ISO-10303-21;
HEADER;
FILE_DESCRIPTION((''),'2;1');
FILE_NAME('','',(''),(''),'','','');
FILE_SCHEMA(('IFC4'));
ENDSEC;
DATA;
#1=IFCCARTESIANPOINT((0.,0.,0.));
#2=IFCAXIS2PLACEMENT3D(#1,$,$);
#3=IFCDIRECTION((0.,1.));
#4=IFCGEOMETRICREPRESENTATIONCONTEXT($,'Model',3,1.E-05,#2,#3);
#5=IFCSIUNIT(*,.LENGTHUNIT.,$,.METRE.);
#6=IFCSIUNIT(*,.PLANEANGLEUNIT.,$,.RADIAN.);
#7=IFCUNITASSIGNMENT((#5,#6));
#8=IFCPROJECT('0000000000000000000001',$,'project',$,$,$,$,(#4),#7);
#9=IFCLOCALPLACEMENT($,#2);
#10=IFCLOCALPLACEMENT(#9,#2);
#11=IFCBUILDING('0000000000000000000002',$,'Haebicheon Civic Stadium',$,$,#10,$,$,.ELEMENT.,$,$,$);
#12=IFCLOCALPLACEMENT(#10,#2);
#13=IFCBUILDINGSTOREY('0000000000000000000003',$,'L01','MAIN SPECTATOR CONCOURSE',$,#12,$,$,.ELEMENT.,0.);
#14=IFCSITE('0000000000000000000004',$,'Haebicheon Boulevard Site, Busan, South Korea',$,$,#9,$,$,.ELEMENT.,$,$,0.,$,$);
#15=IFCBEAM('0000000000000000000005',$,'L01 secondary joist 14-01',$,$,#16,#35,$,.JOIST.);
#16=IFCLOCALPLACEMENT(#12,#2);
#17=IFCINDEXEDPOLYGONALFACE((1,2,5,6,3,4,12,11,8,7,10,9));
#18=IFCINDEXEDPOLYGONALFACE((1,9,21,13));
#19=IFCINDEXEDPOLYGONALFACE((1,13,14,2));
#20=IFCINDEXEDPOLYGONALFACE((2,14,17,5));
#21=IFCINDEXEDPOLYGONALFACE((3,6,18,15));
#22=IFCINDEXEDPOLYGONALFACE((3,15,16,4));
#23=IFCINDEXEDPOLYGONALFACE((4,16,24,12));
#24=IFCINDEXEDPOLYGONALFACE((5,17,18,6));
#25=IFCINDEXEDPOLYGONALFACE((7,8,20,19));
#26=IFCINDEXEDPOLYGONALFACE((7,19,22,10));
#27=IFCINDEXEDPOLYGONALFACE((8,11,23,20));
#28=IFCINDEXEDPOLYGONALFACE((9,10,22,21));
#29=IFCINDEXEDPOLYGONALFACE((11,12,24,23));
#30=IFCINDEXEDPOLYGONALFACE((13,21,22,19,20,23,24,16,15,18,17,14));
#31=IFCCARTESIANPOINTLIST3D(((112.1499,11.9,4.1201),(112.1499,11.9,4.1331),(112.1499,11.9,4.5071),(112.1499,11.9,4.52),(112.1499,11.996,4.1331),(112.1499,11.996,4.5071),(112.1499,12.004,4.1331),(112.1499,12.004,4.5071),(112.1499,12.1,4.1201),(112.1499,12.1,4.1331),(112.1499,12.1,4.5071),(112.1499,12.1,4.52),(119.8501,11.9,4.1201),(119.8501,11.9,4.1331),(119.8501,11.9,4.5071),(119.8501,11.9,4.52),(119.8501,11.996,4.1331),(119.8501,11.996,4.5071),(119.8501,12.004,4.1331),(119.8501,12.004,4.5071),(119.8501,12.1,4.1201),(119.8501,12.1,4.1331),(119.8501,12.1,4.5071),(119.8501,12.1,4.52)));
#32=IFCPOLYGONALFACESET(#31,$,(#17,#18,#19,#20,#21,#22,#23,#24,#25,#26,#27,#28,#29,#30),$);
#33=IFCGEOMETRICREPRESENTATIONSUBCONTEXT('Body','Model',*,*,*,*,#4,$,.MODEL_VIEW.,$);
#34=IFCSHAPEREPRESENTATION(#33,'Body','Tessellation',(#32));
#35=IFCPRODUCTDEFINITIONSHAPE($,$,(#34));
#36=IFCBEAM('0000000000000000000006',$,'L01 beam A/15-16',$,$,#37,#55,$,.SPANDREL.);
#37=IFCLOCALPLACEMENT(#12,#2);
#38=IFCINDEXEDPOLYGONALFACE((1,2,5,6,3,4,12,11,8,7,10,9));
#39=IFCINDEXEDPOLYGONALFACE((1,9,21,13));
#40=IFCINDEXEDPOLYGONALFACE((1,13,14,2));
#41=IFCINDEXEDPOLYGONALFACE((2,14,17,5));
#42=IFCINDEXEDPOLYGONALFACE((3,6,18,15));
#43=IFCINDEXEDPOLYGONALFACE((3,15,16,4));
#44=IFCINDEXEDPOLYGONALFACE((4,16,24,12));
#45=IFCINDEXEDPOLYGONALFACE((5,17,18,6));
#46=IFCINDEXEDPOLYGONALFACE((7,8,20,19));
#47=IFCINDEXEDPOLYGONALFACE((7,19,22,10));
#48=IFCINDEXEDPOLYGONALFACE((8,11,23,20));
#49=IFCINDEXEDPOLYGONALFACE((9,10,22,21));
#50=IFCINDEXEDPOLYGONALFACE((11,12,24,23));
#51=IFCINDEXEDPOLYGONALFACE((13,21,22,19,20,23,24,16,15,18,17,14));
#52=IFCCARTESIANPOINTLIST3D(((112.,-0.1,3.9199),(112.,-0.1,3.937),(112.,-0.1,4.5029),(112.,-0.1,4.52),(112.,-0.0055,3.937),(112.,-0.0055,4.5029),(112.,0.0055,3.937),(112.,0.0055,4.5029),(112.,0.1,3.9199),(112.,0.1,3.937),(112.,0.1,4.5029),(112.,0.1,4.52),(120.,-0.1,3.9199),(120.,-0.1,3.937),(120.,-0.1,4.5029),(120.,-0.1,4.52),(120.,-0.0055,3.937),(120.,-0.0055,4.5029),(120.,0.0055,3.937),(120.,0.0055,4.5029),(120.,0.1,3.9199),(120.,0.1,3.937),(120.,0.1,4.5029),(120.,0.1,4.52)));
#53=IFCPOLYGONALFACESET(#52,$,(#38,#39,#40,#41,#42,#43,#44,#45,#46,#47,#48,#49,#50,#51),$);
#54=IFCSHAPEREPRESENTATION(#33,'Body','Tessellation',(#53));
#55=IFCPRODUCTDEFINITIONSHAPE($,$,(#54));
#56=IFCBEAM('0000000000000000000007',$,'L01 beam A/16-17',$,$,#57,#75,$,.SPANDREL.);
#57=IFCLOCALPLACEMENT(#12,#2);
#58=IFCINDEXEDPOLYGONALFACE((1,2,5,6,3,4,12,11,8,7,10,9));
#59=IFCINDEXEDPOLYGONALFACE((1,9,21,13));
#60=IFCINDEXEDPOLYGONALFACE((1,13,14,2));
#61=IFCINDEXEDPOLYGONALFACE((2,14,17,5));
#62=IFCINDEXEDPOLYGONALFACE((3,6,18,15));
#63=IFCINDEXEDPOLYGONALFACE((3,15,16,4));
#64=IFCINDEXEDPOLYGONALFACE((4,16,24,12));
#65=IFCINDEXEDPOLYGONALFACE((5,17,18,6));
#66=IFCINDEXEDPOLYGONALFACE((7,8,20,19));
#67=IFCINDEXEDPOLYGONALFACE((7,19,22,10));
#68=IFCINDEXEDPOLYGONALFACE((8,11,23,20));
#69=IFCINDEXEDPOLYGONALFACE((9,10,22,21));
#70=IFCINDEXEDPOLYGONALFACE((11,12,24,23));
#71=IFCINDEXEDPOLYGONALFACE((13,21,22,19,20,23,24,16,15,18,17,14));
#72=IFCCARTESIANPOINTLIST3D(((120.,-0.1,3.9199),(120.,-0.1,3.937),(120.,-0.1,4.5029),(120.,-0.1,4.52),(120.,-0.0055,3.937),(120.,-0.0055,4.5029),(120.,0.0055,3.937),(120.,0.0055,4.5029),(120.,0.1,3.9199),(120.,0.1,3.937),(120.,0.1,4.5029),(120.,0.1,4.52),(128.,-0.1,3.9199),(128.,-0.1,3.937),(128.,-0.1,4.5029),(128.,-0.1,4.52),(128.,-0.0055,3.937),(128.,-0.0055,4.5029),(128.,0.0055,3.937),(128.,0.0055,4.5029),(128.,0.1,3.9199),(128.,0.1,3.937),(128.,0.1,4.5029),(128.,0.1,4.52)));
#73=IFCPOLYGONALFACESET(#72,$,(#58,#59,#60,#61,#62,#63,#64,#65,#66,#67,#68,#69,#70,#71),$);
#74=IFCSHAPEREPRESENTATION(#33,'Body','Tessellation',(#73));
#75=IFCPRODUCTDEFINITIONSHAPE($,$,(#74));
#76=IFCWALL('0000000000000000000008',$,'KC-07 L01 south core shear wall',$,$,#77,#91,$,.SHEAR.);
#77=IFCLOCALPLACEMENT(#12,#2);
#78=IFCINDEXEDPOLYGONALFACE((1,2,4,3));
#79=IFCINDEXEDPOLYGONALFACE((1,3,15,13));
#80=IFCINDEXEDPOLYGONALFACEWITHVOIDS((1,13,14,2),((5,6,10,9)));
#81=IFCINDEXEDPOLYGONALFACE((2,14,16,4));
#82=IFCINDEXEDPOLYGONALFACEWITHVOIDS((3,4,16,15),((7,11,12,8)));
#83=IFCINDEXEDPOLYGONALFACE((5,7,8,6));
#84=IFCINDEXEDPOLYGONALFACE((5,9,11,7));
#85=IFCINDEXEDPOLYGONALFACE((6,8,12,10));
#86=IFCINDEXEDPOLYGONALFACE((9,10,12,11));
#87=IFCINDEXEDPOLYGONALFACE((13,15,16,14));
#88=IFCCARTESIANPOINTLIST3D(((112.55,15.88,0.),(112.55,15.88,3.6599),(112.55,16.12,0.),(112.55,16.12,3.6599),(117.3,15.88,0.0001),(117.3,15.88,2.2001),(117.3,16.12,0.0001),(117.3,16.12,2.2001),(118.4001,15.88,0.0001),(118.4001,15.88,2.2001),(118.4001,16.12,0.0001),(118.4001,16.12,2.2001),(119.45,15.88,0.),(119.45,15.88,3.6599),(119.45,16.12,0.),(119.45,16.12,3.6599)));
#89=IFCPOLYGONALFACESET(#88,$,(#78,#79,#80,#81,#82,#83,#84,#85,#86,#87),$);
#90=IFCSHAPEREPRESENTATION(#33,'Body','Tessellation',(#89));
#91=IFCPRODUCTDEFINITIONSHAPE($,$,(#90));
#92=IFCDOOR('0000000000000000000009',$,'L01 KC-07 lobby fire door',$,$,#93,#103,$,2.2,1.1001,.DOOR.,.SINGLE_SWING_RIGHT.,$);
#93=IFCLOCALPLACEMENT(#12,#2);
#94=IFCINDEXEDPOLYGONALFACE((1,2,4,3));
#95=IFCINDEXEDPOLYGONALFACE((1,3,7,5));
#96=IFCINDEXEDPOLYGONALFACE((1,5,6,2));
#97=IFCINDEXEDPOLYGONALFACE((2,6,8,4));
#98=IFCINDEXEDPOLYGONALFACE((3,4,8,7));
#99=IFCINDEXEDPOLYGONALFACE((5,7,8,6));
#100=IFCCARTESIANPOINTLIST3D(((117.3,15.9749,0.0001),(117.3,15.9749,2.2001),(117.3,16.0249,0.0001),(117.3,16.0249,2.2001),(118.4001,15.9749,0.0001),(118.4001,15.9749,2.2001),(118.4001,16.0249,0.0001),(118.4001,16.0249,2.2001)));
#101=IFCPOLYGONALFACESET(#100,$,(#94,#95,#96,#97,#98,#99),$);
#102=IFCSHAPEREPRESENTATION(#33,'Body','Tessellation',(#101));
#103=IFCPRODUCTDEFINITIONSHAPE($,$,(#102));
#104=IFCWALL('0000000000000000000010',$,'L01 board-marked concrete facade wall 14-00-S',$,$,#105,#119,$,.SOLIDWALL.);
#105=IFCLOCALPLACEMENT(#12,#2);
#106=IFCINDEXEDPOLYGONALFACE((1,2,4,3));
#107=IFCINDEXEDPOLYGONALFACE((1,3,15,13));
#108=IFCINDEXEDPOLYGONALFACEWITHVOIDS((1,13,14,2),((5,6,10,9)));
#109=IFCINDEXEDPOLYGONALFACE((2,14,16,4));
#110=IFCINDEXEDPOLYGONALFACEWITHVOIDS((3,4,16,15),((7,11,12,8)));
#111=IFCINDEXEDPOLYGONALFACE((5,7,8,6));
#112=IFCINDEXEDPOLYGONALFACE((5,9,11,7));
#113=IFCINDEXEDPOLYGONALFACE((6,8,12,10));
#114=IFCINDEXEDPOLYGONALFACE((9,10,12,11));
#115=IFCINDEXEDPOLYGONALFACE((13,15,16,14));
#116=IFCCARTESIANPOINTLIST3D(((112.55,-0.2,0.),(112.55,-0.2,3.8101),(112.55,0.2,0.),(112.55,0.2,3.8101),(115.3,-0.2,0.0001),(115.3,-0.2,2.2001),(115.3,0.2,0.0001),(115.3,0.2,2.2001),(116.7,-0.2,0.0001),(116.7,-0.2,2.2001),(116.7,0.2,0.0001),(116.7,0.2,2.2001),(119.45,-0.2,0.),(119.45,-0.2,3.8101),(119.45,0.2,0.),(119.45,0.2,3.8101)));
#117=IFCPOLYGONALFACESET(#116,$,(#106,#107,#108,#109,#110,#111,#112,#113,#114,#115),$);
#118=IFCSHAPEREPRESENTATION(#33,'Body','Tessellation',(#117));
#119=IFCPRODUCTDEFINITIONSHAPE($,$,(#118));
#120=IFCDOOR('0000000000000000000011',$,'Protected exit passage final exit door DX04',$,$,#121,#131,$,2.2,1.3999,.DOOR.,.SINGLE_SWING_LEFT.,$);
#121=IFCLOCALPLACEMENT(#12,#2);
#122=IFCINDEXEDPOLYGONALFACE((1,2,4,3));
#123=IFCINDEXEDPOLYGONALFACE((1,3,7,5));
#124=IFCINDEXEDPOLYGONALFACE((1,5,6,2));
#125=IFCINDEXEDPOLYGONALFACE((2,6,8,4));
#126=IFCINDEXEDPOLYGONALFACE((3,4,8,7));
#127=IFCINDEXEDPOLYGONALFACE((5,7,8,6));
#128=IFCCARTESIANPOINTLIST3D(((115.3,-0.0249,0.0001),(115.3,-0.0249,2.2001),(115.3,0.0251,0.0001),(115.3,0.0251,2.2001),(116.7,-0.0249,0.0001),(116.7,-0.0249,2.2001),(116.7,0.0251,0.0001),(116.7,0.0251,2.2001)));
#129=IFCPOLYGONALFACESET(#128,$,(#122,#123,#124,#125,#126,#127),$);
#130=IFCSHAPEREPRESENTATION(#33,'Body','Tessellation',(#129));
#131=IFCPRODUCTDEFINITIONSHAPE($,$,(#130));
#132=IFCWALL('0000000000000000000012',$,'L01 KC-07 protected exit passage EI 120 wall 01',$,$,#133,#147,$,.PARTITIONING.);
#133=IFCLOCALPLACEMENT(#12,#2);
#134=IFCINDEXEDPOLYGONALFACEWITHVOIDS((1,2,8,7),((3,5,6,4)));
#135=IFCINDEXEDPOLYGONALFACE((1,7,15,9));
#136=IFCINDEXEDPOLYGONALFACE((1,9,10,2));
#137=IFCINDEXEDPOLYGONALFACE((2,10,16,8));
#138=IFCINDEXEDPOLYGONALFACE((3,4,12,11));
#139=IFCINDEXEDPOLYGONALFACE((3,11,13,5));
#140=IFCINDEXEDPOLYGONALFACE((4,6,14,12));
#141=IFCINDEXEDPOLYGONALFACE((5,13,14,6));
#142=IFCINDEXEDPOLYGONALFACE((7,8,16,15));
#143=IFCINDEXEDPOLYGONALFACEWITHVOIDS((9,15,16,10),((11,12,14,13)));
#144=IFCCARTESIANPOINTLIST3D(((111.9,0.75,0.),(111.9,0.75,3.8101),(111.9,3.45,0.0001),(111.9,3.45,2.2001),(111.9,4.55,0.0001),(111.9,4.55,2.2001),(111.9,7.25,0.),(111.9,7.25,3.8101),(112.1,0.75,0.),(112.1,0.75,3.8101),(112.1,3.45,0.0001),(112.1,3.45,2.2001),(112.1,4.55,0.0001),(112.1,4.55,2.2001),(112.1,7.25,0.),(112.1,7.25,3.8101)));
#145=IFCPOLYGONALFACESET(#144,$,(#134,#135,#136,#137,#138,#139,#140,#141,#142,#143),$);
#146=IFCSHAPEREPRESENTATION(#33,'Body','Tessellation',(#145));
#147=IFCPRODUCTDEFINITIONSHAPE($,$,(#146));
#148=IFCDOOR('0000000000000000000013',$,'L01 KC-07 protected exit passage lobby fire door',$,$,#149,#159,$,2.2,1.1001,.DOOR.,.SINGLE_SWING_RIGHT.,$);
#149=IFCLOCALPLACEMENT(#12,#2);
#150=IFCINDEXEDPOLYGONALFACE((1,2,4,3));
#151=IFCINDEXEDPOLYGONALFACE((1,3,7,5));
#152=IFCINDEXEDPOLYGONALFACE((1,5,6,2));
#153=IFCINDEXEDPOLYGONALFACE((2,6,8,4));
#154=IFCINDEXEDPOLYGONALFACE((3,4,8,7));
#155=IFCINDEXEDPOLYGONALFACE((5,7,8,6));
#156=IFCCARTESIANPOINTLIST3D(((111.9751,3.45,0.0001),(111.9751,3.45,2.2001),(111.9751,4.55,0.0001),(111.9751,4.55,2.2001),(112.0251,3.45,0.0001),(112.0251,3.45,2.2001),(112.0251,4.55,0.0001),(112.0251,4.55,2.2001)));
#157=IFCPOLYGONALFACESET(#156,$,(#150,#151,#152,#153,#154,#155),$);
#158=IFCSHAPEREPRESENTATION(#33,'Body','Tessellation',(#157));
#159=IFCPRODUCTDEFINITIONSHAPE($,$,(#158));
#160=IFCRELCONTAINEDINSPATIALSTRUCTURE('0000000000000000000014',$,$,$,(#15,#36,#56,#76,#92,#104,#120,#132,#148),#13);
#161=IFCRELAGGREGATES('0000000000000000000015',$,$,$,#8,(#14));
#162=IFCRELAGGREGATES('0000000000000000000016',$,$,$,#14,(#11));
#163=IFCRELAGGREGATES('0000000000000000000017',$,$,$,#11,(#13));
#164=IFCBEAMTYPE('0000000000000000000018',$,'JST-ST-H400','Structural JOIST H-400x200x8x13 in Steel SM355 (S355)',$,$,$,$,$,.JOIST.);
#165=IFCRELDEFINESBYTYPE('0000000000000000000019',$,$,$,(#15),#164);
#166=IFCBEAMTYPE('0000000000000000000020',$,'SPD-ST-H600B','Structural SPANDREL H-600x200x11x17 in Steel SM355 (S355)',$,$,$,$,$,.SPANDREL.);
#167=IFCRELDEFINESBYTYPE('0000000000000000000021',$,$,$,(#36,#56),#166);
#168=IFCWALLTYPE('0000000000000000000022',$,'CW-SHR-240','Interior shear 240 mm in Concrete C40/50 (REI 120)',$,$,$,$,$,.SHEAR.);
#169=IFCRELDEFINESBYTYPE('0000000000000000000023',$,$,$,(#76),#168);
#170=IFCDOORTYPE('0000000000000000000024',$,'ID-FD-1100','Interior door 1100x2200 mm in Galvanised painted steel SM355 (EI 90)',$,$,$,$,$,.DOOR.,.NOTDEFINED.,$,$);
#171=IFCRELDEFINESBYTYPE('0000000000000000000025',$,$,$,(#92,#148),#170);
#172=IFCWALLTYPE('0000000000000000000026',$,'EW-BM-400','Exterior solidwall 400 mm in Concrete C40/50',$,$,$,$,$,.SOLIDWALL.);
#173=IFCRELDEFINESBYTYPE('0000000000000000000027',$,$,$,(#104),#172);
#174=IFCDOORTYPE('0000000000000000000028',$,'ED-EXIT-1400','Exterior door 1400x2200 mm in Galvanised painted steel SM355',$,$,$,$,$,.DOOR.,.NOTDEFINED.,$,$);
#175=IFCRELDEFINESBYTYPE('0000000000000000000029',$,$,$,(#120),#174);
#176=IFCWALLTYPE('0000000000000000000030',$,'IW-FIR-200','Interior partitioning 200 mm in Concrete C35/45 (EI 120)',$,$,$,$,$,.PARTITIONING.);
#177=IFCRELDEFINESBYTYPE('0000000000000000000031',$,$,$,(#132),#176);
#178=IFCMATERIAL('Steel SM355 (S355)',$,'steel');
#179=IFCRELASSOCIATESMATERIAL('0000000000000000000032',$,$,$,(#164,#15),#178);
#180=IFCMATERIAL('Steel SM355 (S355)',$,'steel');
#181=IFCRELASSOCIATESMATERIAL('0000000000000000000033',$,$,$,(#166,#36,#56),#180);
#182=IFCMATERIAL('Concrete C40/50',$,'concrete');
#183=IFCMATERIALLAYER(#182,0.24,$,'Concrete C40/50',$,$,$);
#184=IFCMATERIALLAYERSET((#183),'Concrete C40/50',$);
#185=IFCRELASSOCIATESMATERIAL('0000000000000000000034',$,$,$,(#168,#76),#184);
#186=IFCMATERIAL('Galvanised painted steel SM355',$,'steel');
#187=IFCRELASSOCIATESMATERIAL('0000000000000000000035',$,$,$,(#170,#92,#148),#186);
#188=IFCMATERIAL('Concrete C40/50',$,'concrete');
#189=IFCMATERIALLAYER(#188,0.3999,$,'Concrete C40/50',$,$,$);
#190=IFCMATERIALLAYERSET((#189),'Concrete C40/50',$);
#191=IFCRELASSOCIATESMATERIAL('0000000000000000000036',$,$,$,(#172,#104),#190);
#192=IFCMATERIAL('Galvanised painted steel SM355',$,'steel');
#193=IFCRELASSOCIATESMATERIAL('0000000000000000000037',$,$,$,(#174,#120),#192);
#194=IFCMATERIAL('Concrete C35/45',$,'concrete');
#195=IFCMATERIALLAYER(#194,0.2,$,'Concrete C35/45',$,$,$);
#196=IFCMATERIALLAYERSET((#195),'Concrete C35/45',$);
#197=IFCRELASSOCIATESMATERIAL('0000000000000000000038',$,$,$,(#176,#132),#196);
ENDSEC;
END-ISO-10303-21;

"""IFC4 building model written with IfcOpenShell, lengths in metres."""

from ifc_helpers import new_model, si_unit, direction, frame, frame_2d, origin, origin_2d, place, context, subcontext, project, spatial, rectangle, i_section, extrude, material, layer, layer_set, material_profile, profile_set, type_object, element, fill, save


model = new_model("IFC4")

# Units and contexts
model_context = context("Model", 3, precision=1e-05, world=origin(), true_north=direction((0.0, 1.0)))
body_context = subcontext(model_context, "Body", "Model", "MODEL_VIEW")
ifc_project = project(units=[si_unit("LENGTHUNIT", "METRE"), si_unit("PLANEANGLEUNIT", "RADIAN")], contexts=[model_context])

# Site, building, storey
site_placement = place(None, origin())
site = spatial("IfcSite", under=ifc_project, at=site_placement, Name="Haebicheon Boulevard Site, Busan, South Korea", CompositionType="ELEMENT", RefElevation=0.0)
building_placement = place(site_placement, origin())
building = spatial("IfcBuilding", under=site, at=building_placement, Name="Haebicheon Civic Stadium", CompositionType="ELEMENT")
storey_placement = place(building_placement, origin())
storey = spatial("IfcBuildingStorey", under=building, at=storey_placement, Name="L01", Description="MAIN SPECTATOR CONCOURSE", CompositionType="ELEMENT", Elevation=0.0)

# Beams
ifc_material_1 = material(Name="Steel SM355 (S355)", Category="steel")
ifc_material_profile_1 = material_profile(ifc_material_1, i_section(OverallWidth=0.2, OverallDepth=0.3999, WebThickness=0.0081, FlangeThickness=0.0129, at=origin_2d()), Name="H-400x200x8x13")
ifc_profile_set_1 = profile_set([ifc_material_profile_1], Name="Steel SM355 (S355)")
beam_type_1 = type_object("IfcBeamType", Name="JST-ST-H400", Description="Structural JOIST H-400x200x8x13 in Steel SM355 (S355)", PredefinedType="JOIST", material=ifc_profile_set_1)
for number, where, z_axis, x_axis, name in (
    (1, (112.1499, 12.0, 4.3201), (1.0, 0.0, 0.0), (0.0, 1.0, 0.0), "L01 secondary joist 14-01"),
):
    element("IfcBeam", number, at=place(storey_placement, frame(where, z_axis=z_axis, x_axis=x_axis)), inside=storey, type_object=beam_type_1, material=ifc_profile_set_1, Name=name, PredefinedType="JOIST", context=body_context, shape_type="SweptSolid", body=[
        extrude(i_section(OverallWidth=0.2, OverallDepth=0.3999, WebThickness=0.0081, FlangeThickness=0.0129, at=origin_2d()), origin(), (0.0, 0.0, 1.0), 7.7002),
    ])
ifc_material_2 = material(Name="Steel SM355 (S355)", Category="steel")
ifc_material_profile_2 = material_profile(ifc_material_2, i_section(OverallWidth=0.2, OverallDepth=0.6001, WebThickness=0.011, FlangeThickness=0.0171, at=origin_2d()), Name="H-600x200x11x17")
ifc_profile_set_2 = profile_set([ifc_material_profile_2], Name="Steel SM355 (S355)")
beam_type_2 = type_object("IfcBeamType", Name="SPD-ST-H600B", Description="Structural SPANDREL H-600x200x11x17 in Steel SM355 (S355)", PredefinedType="SPANDREL", material=ifc_profile_set_2)
for number, where, z_axis, x_axis, name in (
    (2, (112.0, 0.0, 4.22), (1.0, 0.0, 0.0), (0.0, 1.0, 0.0), "L01 beam A/15-16"),
    (3, (120.0, 0.0, 4.22), (1.0, 0.0, 0.0), (0.0, 1.0, 0.0), "L01 beam A/16-17"),
):
    element("IfcBeam", number, at=place(storey_placement, frame(where, z_axis=z_axis, x_axis=x_axis)), inside=storey, type_object=beam_type_2, material=ifc_profile_set_2, Name=name, PredefinedType="SPANDREL", context=body_context, shape_type="SweptSolid", body=[
        extrude(i_section(OverallWidth=0.2, OverallDepth=0.6001, WebThickness=0.011, FlangeThickness=0.0171, at=origin_2d()), origin(), (0.0, 0.0, 1.0), 8.0),
    ])

# Walls, openings, doors
ifc_material_3 = material(Name="Concrete C40/50", Category="concrete")
ifc_layer_1 = layer(ifc_material_3, 0.24, Name="Concrete C40/50")
ifc_layer_set_1 = layer_set([ifc_layer_1], Name="Concrete C40/50")
wall_type_1 = type_object("IfcWallType", Name="CW-SHR-240", Description="Interior shear 240 mm in Concrete C40/50 (REI 120)", PredefinedType="SHEAR", material=ifc_layer_set_1)
wall_1_placement = place(storey_placement, frame((112.55, 16.0, 0.0), z_axis=(0.0, 0.0, 1.0), x_axis=(1.0, 0.0, 0.0)))
wall_1 = element("IfcWall", 4, at=wall_1_placement, inside=storey, type_object=wall_type_1, material=ifc_layer_set_1, Name="KC-07 L01 south core shear wall", PredefinedType="SHEAR", context=body_context, shape_type="SweptSolid", body=[
    extrude(rectangle(XDim=6.8999, YDim=0.24, at=frame_2d((3.45, 0.0))), origin(), (0.0, 0.0, 1.0), 3.6599),
])
opening_1_placement = place(wall_1_placement, frame((4.75, 0.0, 0.0)))
opening_1 = element("IfcOpeningElement", 5, at=opening_1_placement, cuts=wall_1, PredefinedType="OPENING", context=body_context, shape_type="SweptSolid", body=[
    extrude(rectangle(XDim=1.1001, YDim=2.2, at=frame_2d((0.55, 1.1001))), frame((0.0, 0.1299, 0.0), z_axis=(0.0, -1.0, 0.0), x_axis=(1.0, 0.0, 0.0)), (0.0, 0.0, 1.0), 0.26),
])
ifc_material_4 = material(Name="Galvanised painted steel SM355", Category="steel")
door_type_1 = type_object("IfcDoorType", Name="ID-FD-1100", Description="Interior door 1100x2200 mm in Galvanised painted steel SM355 (EI 90)", OperationType="NOTDEFINED", PredefinedType="DOOR", material=ifc_material_4)
door_1_placement = place(opening_1_placement, origin())
door_1 = element("IfcDoor", 6, at=door_1_placement, inside=storey, type_object=door_type_1, material=ifc_material_4, Name="L01 KC-07 lobby fire door", OperationType="SINGLE_SWING_RIGHT", OverallHeight=2.2, OverallWidth=1.1001, PredefinedType="DOOR", context=body_context, shape_type="SweptSolid", body=[
    extrude(rectangle(XDim=1.1001, YDim=2.2, at=frame_2d((0.55, 1.1001))), frame((0.0, 0.0249, 0.0), z_axis=(0.0, -1.0, 0.0), x_axis=(1.0, 0.0, 0.0)), (0.0, 0.0, 1.0), 0.05),
])
fill(opening_1, door_1)
ifc_material_5 = material(Name="Concrete C40/50", Category="concrete")
ifc_layer_2 = layer(ifc_material_5, 0.3999, Name="Concrete C40/50")
ifc_layer_set_2 = layer_set([ifc_layer_2], Name="Concrete C40/50")
wall_type_2 = type_object("IfcWallType", Name="EW-BM-400", Description="Exterior solidwall 400 mm in Concrete C40/50", PredefinedType="SOLIDWALL", material=ifc_layer_set_2)
wall_2_placement = place(storey_placement, frame((119.45, 0.0, 0.0), z_axis=(0.0, 0.0, 1.0), x_axis=(-1.0, 0.0, 0.0)))
wall_2 = element("IfcWall", 7, at=wall_2_placement, inside=storey, type_object=wall_type_2, material=ifc_layer_set_2, Name="L01 board-marked concrete facade wall 14-00-S", PredefinedType="SOLIDWALL", context=body_context, shape_type="SweptSolid", body=[
    extrude(rectangle(XDim=6.8999, YDim=0.3999, at=frame_2d((3.45, 0.0))), origin(), (0.0, 0.0, 1.0), 3.8101),
])
opening_2_placement = place(wall_2_placement, frame((2.75, 0.0, 0.0)))
opening_2 = element("IfcOpeningElement", 8, at=opening_2_placement, cuts=wall_2, PredefinedType="OPENING", context=body_context, shape_type="SweptSolid", body=[
    extrude(rectangle(XDim=1.3999, YDim=2.2, at=frame_2d((0.7, 1.1001))), frame((0.0, 0.21, 0.0), z_axis=(0.0, -1.0, 0.0), x_axis=(1.0, 0.0, 0.0)), (0.0, 0.0, 1.0), 0.4199),
])
ifc_material_6 = material(Name="Galvanised painted steel SM355", Category="steel")
door_type_2 = type_object("IfcDoorType", Name="ED-EXIT-1400", Description="Exterior door 1400x2200 mm in Galvanised painted steel SM355", OperationType="NOTDEFINED", PredefinedType="DOOR", material=ifc_material_6)
door_2_placement = place(opening_2_placement, origin())
door_2 = element("IfcDoor", 9, at=door_2_placement, inside=storey, type_object=door_type_2, material=ifc_material_6, Name="Protected exit passage final exit door DX04", OperationType="SINGLE_SWING_LEFT", OverallHeight=2.2, OverallWidth=1.3999, PredefinedType="DOOR", context=body_context, shape_type="SweptSolid", body=[
    extrude(rectangle(XDim=1.3999, YDim=2.2, at=frame_2d((0.7, 1.1001))), frame((0.0, 0.0249, 0.0), z_axis=(0.0, -1.0, 0.0), x_axis=(1.0, 0.0, 0.0)), (0.0, 0.0, 1.0), 0.05),
])
fill(opening_2, door_2)
ifc_material_7 = material(Name="Concrete C35/45", Category="concrete")
ifc_layer_3 = layer(ifc_material_7, 0.2, Name="Concrete C35/45")
ifc_layer_set_3 = layer_set([ifc_layer_3], Name="Concrete C35/45")
wall_type_3 = type_object("IfcWallType", Name="IW-FIR-200", Description="Interior partitioning 200 mm in Concrete C35/45 (EI 120)", PredefinedType="PARTITIONING", material=ifc_layer_set_3)
wall_3_placement = place(storey_placement, frame((112.0, 0.75, 0.0), z_axis=(0.0, 0.0, 1.0), x_axis=(0.0, 1.0, 0.0)))
wall_3 = element("IfcWall", 10, at=wall_3_placement, inside=storey, type_object=wall_type_3, material=ifc_layer_set_3, Name="L01 KC-07 protected exit passage EI 120 wall 01", PredefinedType="PARTITIONING", context=body_context, shape_type="SweptSolid", body=[
    extrude(rectangle(XDim=6.5, YDim=0.2, at=frame_2d((3.25, 0.0))), origin(), (0.0, 0.0, 1.0), 3.8101),
])
opening_3_placement = place(wall_3_placement, frame((2.7, 0.0, 0.0)))
opening_3 = element("IfcOpeningElement", 11, at=opening_3_placement, cuts=wall_3, PredefinedType="OPENING", context=body_context, shape_type="SweptSolid", body=[
    extrude(rectangle(XDim=1.1001, YDim=2.2, at=frame_2d((0.55, 1.1001))), frame((0.0, 0.1099, 0.0), z_axis=(0.0, -1.0, 0.0), x_axis=(1.0, 0.0, 0.0)), (0.0, 0.0, 1.0), 0.22),
])
door_3_placement = place(opening_3_placement, origin())
door_3 = element("IfcDoor", 12, at=door_3_placement, inside=storey, type_object=door_type_1, material=ifc_material_4, Name="L01 KC-07 protected exit passage lobby fire door", OperationType="SINGLE_SWING_RIGHT", OverallHeight=2.2, OverallWidth=1.1001, PredefinedType="DOOR", context=body_context, shape_type="SweptSolid", body=[
    extrude(rectangle(XDim=1.1001, YDim=2.2, at=frame_2d((0.55, 1.1001))), frame((0.0, 0.0249, 0.0), z_axis=(0.0, -1.0, 0.0), x_axis=(1.0, 0.0, 0.0)), (0.0, 0.0, 1.0), 0.05),
])
fill(opening_3, door_3)

save(model, "model.ifc")
